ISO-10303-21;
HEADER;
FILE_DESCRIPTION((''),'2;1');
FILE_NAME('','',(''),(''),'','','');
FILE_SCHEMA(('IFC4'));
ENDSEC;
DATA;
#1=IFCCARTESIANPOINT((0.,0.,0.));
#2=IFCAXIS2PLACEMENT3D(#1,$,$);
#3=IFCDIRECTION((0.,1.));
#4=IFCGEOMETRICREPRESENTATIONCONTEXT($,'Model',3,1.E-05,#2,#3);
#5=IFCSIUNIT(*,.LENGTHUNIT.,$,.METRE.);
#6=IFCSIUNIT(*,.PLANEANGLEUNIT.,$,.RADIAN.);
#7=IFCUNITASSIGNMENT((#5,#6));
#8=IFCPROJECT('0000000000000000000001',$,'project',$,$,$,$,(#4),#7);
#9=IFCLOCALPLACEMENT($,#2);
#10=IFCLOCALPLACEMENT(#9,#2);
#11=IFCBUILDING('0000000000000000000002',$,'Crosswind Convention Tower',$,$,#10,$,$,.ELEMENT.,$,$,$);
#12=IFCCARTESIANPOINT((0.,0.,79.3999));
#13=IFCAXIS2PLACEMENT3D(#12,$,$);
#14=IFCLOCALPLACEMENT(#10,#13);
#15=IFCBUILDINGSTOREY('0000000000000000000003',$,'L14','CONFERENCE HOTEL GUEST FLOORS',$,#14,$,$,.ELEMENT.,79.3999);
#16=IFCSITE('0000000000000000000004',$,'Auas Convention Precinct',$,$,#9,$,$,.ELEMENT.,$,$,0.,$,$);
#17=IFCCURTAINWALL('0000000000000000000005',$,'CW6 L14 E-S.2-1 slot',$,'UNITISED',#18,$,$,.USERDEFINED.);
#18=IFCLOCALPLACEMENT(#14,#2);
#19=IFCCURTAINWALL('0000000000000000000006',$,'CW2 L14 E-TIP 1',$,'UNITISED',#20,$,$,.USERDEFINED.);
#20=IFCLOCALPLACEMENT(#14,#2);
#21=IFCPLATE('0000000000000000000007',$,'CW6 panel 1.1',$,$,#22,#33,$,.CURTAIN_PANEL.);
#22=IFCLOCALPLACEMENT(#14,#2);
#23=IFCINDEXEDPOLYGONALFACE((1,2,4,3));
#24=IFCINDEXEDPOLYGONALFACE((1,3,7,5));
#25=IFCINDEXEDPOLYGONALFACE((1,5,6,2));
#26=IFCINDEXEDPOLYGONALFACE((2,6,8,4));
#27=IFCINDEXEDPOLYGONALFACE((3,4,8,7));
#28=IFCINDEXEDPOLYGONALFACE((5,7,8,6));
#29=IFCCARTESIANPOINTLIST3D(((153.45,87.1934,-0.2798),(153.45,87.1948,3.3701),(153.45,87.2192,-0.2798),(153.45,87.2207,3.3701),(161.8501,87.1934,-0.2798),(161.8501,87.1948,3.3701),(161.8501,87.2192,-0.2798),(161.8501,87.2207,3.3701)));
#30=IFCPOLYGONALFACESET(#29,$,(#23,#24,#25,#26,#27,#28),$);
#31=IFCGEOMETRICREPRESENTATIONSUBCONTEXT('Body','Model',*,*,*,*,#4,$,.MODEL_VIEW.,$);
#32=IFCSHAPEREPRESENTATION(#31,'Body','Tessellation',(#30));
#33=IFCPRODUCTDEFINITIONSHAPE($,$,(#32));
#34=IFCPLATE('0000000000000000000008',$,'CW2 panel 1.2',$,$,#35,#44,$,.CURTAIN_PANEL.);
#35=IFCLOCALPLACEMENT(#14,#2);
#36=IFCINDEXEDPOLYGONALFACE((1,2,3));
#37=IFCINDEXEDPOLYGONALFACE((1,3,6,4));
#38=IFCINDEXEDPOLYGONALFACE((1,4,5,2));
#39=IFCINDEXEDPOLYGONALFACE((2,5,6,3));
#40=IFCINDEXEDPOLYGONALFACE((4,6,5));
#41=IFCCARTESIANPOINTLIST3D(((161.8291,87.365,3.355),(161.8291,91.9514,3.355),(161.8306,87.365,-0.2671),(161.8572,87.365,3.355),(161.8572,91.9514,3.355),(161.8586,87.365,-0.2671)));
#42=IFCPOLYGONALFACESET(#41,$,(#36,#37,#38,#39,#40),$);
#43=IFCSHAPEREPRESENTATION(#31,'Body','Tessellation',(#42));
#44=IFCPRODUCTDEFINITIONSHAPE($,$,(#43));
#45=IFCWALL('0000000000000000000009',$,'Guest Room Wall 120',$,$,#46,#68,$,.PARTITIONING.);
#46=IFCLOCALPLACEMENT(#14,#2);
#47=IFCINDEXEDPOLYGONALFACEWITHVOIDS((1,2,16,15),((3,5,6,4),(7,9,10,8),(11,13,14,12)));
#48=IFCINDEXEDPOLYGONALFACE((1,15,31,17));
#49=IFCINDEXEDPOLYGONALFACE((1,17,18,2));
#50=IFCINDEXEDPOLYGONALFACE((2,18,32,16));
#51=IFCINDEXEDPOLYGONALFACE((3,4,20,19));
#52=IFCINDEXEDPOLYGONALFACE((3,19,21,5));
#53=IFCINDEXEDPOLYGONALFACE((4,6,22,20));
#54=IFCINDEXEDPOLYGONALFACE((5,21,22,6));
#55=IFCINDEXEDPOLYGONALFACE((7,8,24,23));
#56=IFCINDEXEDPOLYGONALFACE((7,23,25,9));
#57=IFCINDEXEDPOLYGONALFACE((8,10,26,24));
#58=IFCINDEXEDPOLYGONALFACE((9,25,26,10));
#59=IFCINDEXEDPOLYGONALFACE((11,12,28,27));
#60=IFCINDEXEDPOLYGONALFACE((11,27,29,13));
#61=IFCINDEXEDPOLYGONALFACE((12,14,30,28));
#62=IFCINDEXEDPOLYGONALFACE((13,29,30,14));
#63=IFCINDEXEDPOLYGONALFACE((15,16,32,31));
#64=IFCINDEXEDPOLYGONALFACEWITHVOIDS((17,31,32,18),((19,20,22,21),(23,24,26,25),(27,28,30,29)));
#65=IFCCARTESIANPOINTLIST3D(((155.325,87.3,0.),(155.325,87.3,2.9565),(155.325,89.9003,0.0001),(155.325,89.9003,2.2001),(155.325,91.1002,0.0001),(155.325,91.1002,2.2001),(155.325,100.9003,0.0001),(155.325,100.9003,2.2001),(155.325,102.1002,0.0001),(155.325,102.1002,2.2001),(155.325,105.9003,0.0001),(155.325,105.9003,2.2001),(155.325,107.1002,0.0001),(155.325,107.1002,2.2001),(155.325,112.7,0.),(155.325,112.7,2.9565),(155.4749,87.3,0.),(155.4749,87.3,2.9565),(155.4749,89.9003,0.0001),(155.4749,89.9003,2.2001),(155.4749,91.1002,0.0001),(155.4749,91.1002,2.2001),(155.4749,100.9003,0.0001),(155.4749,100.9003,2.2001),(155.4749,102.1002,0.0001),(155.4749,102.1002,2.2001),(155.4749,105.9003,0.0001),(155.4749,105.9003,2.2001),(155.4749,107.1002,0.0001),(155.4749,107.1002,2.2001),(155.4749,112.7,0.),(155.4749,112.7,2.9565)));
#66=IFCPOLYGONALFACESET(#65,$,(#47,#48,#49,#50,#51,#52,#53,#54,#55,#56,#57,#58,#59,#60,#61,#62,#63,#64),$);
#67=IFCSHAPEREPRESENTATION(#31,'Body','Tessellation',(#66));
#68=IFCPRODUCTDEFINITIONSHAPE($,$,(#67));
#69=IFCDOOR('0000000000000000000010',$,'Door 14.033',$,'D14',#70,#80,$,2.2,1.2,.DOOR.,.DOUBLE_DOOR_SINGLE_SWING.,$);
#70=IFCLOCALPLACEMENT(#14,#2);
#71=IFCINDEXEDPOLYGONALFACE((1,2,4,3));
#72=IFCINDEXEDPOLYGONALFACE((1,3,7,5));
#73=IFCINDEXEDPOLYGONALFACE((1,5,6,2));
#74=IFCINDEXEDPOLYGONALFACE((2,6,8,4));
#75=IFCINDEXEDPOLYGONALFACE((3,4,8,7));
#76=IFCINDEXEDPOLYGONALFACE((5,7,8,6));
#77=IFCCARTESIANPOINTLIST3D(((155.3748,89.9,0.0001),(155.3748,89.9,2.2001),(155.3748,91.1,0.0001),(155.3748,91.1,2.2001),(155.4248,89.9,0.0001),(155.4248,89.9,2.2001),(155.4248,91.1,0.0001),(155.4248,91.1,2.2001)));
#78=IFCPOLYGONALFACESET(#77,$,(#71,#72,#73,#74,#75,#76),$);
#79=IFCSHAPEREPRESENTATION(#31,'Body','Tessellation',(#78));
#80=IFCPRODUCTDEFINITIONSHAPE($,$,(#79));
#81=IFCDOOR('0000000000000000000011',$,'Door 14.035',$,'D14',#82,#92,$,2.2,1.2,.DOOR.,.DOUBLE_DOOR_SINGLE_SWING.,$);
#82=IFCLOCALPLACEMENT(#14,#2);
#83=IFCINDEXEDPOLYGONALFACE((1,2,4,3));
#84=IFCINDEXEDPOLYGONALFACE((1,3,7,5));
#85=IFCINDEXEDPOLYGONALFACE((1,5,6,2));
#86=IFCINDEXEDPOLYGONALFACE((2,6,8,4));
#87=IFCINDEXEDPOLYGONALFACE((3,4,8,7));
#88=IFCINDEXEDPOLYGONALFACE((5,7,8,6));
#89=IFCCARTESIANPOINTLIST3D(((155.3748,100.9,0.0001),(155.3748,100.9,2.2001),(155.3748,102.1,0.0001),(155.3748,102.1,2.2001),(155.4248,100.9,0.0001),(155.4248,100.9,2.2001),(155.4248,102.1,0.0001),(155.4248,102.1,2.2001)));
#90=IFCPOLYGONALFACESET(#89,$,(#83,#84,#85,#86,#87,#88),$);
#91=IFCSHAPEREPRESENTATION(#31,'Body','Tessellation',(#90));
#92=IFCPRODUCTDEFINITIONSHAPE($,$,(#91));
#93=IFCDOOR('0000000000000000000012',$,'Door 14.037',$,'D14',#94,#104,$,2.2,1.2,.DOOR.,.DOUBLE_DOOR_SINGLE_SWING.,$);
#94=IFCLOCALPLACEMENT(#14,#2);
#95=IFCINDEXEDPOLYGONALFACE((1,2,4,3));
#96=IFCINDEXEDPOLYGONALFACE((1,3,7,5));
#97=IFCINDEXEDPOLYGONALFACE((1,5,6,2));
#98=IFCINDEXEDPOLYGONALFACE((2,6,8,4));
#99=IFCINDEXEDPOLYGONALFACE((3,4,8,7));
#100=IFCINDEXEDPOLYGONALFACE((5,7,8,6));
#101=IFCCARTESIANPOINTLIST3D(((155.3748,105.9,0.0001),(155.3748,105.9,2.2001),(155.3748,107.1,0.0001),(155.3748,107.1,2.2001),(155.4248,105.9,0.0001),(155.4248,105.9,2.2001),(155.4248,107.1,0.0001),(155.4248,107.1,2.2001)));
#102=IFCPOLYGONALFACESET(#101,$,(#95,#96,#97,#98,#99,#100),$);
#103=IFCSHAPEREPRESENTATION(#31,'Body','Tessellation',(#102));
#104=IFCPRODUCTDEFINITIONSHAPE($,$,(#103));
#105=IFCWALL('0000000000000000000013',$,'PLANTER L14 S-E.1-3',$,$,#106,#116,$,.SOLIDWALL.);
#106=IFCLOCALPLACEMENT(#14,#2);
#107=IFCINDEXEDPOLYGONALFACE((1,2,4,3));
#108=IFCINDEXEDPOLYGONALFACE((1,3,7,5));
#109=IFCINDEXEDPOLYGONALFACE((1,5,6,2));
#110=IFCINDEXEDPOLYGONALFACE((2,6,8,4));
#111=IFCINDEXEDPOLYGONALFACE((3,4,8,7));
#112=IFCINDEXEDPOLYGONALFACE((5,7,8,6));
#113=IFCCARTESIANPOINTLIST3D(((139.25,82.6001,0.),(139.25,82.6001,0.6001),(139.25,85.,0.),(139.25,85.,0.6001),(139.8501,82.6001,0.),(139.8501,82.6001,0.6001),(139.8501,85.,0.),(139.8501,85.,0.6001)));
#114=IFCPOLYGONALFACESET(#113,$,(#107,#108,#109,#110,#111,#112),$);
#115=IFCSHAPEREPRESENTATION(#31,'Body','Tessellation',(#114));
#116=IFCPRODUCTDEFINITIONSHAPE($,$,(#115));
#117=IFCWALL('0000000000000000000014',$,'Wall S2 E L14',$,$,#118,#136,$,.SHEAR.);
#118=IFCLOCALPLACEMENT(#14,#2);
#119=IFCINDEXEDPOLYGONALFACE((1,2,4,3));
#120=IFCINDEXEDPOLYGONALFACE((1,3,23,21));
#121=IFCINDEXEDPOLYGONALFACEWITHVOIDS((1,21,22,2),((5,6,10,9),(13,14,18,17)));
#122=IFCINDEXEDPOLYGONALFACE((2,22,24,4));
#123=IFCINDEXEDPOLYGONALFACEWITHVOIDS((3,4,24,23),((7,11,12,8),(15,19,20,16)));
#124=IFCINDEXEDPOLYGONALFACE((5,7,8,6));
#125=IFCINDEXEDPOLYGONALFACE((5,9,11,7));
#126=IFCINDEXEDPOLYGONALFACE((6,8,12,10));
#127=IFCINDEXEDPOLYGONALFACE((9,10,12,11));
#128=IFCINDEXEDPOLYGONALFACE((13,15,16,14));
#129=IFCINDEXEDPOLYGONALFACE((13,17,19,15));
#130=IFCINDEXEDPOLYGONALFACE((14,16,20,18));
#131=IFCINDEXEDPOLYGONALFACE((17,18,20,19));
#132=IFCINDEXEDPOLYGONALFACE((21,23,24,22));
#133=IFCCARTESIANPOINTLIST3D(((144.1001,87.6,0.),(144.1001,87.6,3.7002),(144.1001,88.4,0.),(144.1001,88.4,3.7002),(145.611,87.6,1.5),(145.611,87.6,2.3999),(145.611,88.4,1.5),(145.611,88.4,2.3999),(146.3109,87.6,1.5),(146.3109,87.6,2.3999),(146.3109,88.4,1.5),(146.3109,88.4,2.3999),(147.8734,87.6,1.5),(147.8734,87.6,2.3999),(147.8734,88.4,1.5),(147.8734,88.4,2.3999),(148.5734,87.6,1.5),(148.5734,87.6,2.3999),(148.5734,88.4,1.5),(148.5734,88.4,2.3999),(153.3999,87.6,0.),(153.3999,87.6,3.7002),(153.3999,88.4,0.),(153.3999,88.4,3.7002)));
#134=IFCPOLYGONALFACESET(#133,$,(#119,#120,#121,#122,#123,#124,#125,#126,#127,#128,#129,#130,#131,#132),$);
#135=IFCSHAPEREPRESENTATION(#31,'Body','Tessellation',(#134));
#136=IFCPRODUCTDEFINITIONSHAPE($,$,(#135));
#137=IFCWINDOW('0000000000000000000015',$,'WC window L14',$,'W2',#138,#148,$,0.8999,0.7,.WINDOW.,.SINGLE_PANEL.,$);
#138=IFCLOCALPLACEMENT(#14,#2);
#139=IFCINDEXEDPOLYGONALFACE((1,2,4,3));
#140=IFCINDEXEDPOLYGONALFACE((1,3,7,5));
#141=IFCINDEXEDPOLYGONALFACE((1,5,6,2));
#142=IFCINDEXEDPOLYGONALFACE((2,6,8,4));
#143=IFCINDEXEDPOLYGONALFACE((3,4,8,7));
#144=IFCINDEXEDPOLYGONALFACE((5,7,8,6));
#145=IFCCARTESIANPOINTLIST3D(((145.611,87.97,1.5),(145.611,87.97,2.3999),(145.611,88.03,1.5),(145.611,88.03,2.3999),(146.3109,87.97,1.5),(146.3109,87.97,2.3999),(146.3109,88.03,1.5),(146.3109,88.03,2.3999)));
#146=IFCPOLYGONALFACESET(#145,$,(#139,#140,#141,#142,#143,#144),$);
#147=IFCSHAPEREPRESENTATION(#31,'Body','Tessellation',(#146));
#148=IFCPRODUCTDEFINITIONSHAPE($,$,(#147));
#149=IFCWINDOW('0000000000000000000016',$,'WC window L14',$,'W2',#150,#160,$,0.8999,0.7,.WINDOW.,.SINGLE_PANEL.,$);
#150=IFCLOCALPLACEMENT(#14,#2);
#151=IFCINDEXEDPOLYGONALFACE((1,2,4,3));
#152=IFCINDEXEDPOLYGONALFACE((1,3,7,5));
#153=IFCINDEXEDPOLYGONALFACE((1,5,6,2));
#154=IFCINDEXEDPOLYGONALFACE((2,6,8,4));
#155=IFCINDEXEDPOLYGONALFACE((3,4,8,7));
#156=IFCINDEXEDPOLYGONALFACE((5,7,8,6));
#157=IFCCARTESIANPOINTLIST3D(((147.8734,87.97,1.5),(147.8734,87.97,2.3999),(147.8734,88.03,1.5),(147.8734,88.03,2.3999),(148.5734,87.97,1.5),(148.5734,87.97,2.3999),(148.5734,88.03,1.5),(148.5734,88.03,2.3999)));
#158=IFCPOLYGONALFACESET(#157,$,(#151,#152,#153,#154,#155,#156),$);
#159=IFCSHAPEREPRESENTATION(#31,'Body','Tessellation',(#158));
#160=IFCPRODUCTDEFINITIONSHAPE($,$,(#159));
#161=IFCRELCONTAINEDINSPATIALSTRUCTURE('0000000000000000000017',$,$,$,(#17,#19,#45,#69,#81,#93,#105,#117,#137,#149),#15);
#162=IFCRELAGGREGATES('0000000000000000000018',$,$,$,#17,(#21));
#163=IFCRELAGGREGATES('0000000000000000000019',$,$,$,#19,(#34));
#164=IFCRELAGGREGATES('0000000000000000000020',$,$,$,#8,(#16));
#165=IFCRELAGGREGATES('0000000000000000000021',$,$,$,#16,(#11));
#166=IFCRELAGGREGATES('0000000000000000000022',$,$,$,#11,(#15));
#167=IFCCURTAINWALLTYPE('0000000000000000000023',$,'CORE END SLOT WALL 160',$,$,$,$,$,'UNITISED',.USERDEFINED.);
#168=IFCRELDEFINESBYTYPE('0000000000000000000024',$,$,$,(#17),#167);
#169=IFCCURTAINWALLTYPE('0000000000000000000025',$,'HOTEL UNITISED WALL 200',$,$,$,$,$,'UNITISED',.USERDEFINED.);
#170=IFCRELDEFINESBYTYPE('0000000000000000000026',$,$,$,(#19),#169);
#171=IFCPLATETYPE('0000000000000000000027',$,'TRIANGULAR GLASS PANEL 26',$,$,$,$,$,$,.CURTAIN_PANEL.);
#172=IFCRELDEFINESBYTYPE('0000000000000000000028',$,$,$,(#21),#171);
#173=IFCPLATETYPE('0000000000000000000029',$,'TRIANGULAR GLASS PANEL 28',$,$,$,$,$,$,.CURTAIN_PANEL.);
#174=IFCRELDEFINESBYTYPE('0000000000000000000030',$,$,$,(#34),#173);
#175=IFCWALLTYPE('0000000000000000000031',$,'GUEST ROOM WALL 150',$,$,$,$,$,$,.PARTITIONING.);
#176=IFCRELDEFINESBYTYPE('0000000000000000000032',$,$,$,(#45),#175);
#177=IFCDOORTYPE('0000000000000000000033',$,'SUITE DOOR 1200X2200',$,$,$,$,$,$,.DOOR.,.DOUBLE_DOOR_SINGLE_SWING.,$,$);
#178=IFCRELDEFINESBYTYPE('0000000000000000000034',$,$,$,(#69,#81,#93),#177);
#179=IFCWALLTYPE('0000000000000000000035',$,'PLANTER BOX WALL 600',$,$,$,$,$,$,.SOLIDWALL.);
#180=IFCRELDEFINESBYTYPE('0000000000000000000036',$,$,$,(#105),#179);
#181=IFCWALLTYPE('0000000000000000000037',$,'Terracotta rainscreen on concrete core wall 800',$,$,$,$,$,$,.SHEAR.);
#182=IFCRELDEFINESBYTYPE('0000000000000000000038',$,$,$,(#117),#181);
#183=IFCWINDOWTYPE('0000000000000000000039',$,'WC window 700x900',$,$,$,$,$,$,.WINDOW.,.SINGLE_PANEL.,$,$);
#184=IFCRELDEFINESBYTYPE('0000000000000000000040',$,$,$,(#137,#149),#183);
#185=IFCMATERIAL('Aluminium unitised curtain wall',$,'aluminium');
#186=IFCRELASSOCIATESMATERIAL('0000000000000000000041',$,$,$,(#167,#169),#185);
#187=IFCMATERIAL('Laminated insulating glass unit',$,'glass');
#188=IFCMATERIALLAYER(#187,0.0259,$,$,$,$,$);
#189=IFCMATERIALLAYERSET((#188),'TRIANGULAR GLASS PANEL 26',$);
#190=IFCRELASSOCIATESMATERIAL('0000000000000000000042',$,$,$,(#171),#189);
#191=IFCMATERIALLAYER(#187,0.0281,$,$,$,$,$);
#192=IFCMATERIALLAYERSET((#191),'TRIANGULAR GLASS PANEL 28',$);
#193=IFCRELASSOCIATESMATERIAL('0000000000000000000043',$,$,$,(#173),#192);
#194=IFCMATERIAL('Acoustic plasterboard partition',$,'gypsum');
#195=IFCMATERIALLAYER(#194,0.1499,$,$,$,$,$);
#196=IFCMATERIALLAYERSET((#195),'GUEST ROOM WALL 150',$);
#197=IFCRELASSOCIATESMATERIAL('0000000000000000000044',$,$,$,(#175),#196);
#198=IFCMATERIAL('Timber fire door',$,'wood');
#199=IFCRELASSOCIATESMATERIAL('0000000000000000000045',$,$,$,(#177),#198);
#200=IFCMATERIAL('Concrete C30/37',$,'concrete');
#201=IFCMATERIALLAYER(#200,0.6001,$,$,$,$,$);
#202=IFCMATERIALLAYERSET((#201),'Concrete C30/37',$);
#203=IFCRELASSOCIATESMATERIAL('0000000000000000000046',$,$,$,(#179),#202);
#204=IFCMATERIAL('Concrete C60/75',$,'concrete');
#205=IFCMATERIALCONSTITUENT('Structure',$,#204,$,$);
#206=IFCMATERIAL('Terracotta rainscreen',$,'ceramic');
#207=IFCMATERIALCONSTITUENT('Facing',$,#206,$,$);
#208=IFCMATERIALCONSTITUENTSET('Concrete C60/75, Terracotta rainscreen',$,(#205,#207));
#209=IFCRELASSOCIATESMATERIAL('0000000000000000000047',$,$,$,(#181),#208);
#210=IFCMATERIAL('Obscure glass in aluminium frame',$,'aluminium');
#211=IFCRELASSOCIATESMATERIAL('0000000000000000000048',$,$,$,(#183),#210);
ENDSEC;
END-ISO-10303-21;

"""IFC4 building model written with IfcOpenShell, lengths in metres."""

from ifc_helpers import new_model, si_unit, direction, frame, frame_2d, origin, place, context, subcontext, project, spatial, polyline, rectangle, outline, extrude, material, layer, layer_set, constituent, constituent_set, type_object, element, fill, aggregate, save


model = new_model("IFC4")

# Units and contexts
model_context = context("Model", 3, precision=1e-05, world=origin(), true_north=direction((0.0, 1.0)))
body_context = subcontext(model_context, "Body", "Model", "MODEL_VIEW")
ifc_project = project(units=[si_unit("LENGTHUNIT", "METRE"), si_unit("PLANEANGLEUNIT", "RADIAN")], contexts=[model_context])

# Site, building, storey
site_placement = place(None, origin())
site = spatial("IfcSite", under=ifc_project, at=site_placement, Name="Auas Convention Precinct", CompositionType="ELEMENT", RefElevation=0.0)
building_placement = place(site_placement, origin())
building = spatial("IfcBuilding", under=site, at=building_placement, Name="Crosswind Convention Tower", CompositionType="ELEMENT")
storey_placement = place(building_placement, frame((0.0, 0.0, 79.3999)))
storey = spatial("IfcBuildingStorey", under=building, at=storey_placement, Name="L14", Description="CONFERENCE HOTEL GUEST FLOORS", CompositionType="ELEMENT", Elevation=79.3999)

# Shared definitions
ifc_material_1 = material(Name="Concrete C60/75", Category="concrete")

# Curtain wall
ifc_material_2 = material(Name="Aluminium unitised curtain wall", Category="aluminium")
curtain_wall_type_1 = type_object("IfcCurtainWallType", Name="CORE END SLOT WALL 160", ElementType="UNITISED", PredefinedType="USERDEFINED", material=ifc_material_2)
curtain_wall_1_placement = place(storey_placement, origin())
curtain_wall_1 = element("IfcCurtainWall", 1, at=curtain_wall_1_placement, inside=storey, type_object=curtain_wall_type_1, Name="CW6 L14 E-S.2-1 slot", ObjectType="UNITISED", PredefinedType="USERDEFINED")

# Curtain wall
curtain_wall_type_2 = type_object("IfcCurtainWallType", Name="HOTEL UNITISED WALL 200", ElementType="UNITISED", PredefinedType="USERDEFINED", material=ifc_material_2)
curtain_wall_2_placement = place(storey_placement, origin())
curtain_wall_2 = element("IfcCurtainWall", 2, at=curtain_wall_2_placement, inside=storey, type_object=curtain_wall_type_2, Name="CW2 L14 E-TIP 1", ObjectType="UNITISED", PredefinedType="USERDEFINED")

# Plates
ifc_material_3 = material(Name="Laminated insulating glass unit", Category="glass")
ifc_layer_1 = layer(ifc_material_3, 0.0259)
ifc_layer_set_1 = layer_set([ifc_layer_1], Name="TRIANGULAR GLASS PANEL 26")
plate_type_1 = type_object("IfcPlateType", Name="TRIANGULAR GLASS PANEL 26", PredefinedType="CURTAIN_PANEL", material=ifc_layer_set_1)
plate_1_placement = place(storey_placement, frame((153.45, 87.1934, -0.2798), z_axis=(0.0, -1.0, 0.000401), x_axis=(1.0, 0.0, 0.0)))
plate_1 = element("IfcPlate", 3, at=plate_1_placement, type_object=plate_type_1, Name="CW6 panel 1.1", PredefinedType="CURTAIN_PANEL", context=body_context, shape_type="SweptSolid", body=[
    extrude(outline(polyline([(0.0, 0.0), (8.4001, 0.0), (8.4001, 3.6499), (0.0, 3.6499), (0.0, 0.0)])), origin(), (0.0, 0.0, -1.0), 0.0259),
])
aggregate(curtain_wall_1, [plate_1])
ifc_layer_2 = layer(ifc_material_3, 0.0281)
ifc_layer_set_2 = layer_set([ifc_layer_2], Name="TRIANGULAR GLASS PANEL 28")
plate_type_2 = type_object("IfcPlateType", Name="TRIANGULAR GLASS PANEL 28", PredefinedType="CURTAIN_PANEL", material=ifc_layer_set_2)
plate_2_placement = place(storey_placement, frame((161.8572, 87.365, 3.355), z_axis=(1.0, 0.0, 0.000404), x_axis=(0.000404, 0.0, -1.0)))
plate_2 = element("IfcPlate", 4, at=plate_2_placement, type_object=plate_type_2, Name="CW2 panel 1.2", PredefinedType="CURTAIN_PANEL", context=body_context, shape_type="SweptSolid", body=[
    extrude(outline(polyline([(0.0, 0.0), (3.6221, 0.0), (0.0, 4.5864), (0.0, 0.0)])), origin(), (0.0, 0.0, -1.0), 0.0281),
])

# Wall, openings, doors
ifc_material_4 = material(Name="Acoustic plasterboard partition", Category="gypsum")
ifc_layer_3 = layer(ifc_material_4, 0.1499)
ifc_layer_set_3 = layer_set([ifc_layer_3], Name="GUEST ROOM WALL 150")
wall_type_1 = type_object("IfcWallType", Name="GUEST ROOM WALL 150", PredefinedType="PARTITIONING", material=ifc_layer_set_3)
wall_1_placement = place(storey_placement, frame((155.3999, 87.3, 0.0), z_axis=(0.0, 0.0, 1.0), x_axis=(0.0, 1.0, 0.0)))
wall_1 = element("IfcWall", 5, at=wall_1_placement, inside=storey, type_object=wall_type_1, Name="Guest Room Wall 120", PredefinedType="PARTITIONING", context=body_context, shape_type="SweptSolid", body=[
    extrude(rectangle(XDim=25.3999, YDim=0.1499, at=frame_2d((12.7, 0.0))), origin(), (0.0, 0.0, 1.0), 2.9565),
])
opening_1_placement = place(wall_1_placement, frame((2.6001, 0.0, 0.0)))
opening_1 = element("IfcOpeningElement", 6, at=opening_1_placement, cuts=wall_1, PredefinedType="OPENING", context=body_context, shape_type="SweptSolid", body=[
    extrude(rectangle(XDim=1.2, YDim=2.2, at=frame_2d((0.6001, 1.1001))), frame((0.0, 0.085, 0.0), z_axis=(0.0, -1.0, 0.0), x_axis=(1.0, 0.0, 0.0)), (0.0, 0.0, 1.0), 0.1699),
])
opening_2_placement = place(wall_1_placement, frame((13.6001, 0.0, 0.0)))
opening_2 = element("IfcOpeningElement", 7, at=opening_2_placement, cuts=wall_1, PredefinedType="OPENING", context=body_context, shape_type="SweptSolid", body=[
    extrude(rectangle(XDim=1.2, YDim=2.2, at=frame_2d((0.6001, 1.1001))), frame((0.0, 0.085, 0.0), z_axis=(0.0, -1.0, 0.0), x_axis=(1.0, 0.0, 0.0)), (0.0, 0.0, 1.0), 0.1699),
])
opening_3_placement = place(wall_1_placement, frame((18.6001, 0.0, 0.0)))
opening_3 = element("IfcOpeningElement", 8, at=opening_3_placement, cuts=wall_1, PredefinedType="OPENING", context=body_context, shape_type="SweptSolid", body=[
    extrude(rectangle(XDim=1.2, YDim=2.2, at=frame_2d((0.6001, 1.1001))), frame((0.0, 0.085, 0.0), z_axis=(0.0, -1.0, 0.0), x_axis=(1.0, 0.0, 0.0)), (0.0, 0.0, 1.0), 0.1699),
])
ifc_material_5 = material(Name="Timber fire door", Category="wood")
door_type = type_object("IfcDoorType", Name="SUITE DOOR 1200X2200", OperationType="DOUBLE_DOOR_SINGLE_SWING", PredefinedType="DOOR", material=ifc_material_5)
door_1_placement = place(opening_1_placement, frame((1.2, 0.0, 0.0), z_axis=(0.0, 0.0, 1.0), x_axis=(-1.0, 0.0, 0.0)))
door_1 = element("IfcDoor", 9, at=door_1_placement, inside=storey, type_object=door_type, Name="Door 14.033", ObjectType="D14", OperationType="DOUBLE_DOOR_SINGLE_SWING", OverallHeight=2.2, OverallWidth=1.2, PredefinedType="DOOR", context=body_context, shape_type="SweptSolid", body=[
    extrude(rectangle(XDim=1.2, YDim=2.2, at=frame_2d((0.6001, 1.1001))), frame((0.0, 0.0249, 0.0), z_axis=(0.0, -1.0, 0.0), x_axis=(1.0, 0.0, 0.0)), (0.0, 0.0, 1.0), 0.05),
])
fill(opening_1, door_1)
door_2_placement = place(opening_2_placement, frame((1.2, 0.0, 0.0), z_axis=(0.0, 0.0, 1.0), x_axis=(-1.0, 0.0, 0.0)))
door_2 = element("IfcDoor", 10, at=door_2_placement, inside=storey, type_object=door_type, Name="Door 14.035", ObjectType="D14", OperationType="DOUBLE_DOOR_SINGLE_SWING", OverallHeight=2.2, OverallWidth=1.2, PredefinedType="DOOR", context=body_context, shape_type="SweptSolid", body=[
    extrude(rectangle(XDim=1.2, YDim=2.2, at=frame_2d((0.6001, 1.1001))), frame((0.0, 0.0249, 0.0), z_axis=(0.0, -1.0, 0.0), x_axis=(1.0, 0.0, 0.0)), (0.0, 0.0, 1.0), 0.05),
])
fill(opening_2, door_2)
door_3_placement = place(opening_3_placement, frame((1.2, 0.0, 0.0), z_axis=(0.0, 0.0, 1.0), x_axis=(-1.0, 0.0, 0.0)))
door_3 = element("IfcDoor", 11, at=door_3_placement, inside=storey, type_object=door_type, Name="Door 14.037", ObjectType="D14", OperationType="DOUBLE_DOOR_SINGLE_SWING", OverallHeight=2.2, OverallWidth=1.2, PredefinedType="DOOR", context=body_context, shape_type="SweptSolid", body=[
    extrude(rectangle(XDim=1.2, YDim=2.2, at=frame_2d((0.6001, 1.1001))), frame((0.0, 0.0249, 0.0), z_axis=(0.0, -1.0, 0.0), x_axis=(1.0, 0.0, 0.0)), (0.0, 0.0, 1.0), 0.05),
])
fill(opening_3, door_3)

# Wall
ifc_material_6 = material(Name="Concrete C30/37", Category="concrete")
ifc_layer_4 = layer(ifc_material_6, 0.6001)
ifc_layer_set_4 = layer_set([ifc_layer_4], Name="Concrete C30/37")
wall_type_2 = type_object("IfcWallType", Name="PLANTER BOX WALL 600", PredefinedType="SOLIDWALL", material=ifc_layer_set_4)
wall_2_placement = place(storey_placement, frame((139.55, 82.6001, 0.0), z_axis=(0.0, 0.0, 1.0), x_axis=(0.0, 1.0, 0.0)))
element("IfcWall", 12, at=wall_2_placement, inside=storey, type_object=wall_type_2, Name="PLANTER L14 S-E.1-3", PredefinedType="SOLIDWALL", context=body_context, shape_type="SweptSolid", body=[
    extrude(rectangle(XDim=2.3999, YDim=0.6001, at=frame_2d((1.2, 0.0))), origin(), (0.0, 0.0, 1.0), 0.6001),
])

# Wall, openings, windows
ifc_constituent_1 = constituent(ifc_material_1, Name="Structure")
ifc_material_7 = material(Name="Terracotta rainscreen", Category="ceramic")
ifc_constituent_2 = constituent(ifc_material_7, Name="Facing")
ifc_constituent_set = constituent_set(constituents=[ifc_constituent_1, ifc_constituent_2], Name="Concrete C60/75, Terracotta rainscreen")
wall_type_3 = type_object("IfcWallType", Name="Terracotta rainscreen on concrete core wall 800", PredefinedType="SHEAR", material=ifc_constituent_set)
wall_3_placement = place(storey_placement, frame((144.1001, 88.0, 0.0), z_axis=(0.0, 0.0, 1.0), x_axis=(1.0, 0.0, 0.0)))
wall_3 = element("IfcWall", 13, at=wall_3_placement, inside=storey, type_object=wall_type_3, Name="Wall S2 E L14", PredefinedType="SHEAR", context=body_context, shape_type="SweptSolid", body=[
    extrude(rectangle(XDim=9.2998, YDim=0.8, at=frame_2d((4.6499, 0.0))), origin(), (0.0, 0.0, 1.0), 3.7002),
])
opening_4_placement = place(wall_3_placement, frame((1.5107, 0.0, 1.5)))
opening_4 = element("IfcOpeningElement", 14, at=opening_4_placement, cuts=wall_3, PredefinedType="OPENING", context=body_context, shape_type="SweptSolid", body=[
    extrude(rectangle(XDim=0.7, YDim=0.8999, at=frame_2d((0.3501, 0.45))), frame((0.0, 0.4099, 0.0), z_axis=(0.0, -1.0, 0.0), x_axis=(1.0, 0.0, 0.0)), (0.0, 0.0, 1.0), 0.8201),
])
opening_5_placement = place(wall_3_placement, frame((3.7732, 0.0, 1.5)))
opening_5 = element("IfcOpeningElement", 15, at=opening_5_placement, cuts=wall_3, PredefinedType="OPENING", context=body_context, shape_type="SweptSolid", body=[
    extrude(rectangle(XDim=0.7, YDim=0.8999, at=frame_2d((0.3501, 0.45))), frame((0.0, 0.4099, 0.0), z_axis=(0.0, -1.0, 0.0), x_axis=(1.0, 0.0, 0.0)), (0.0, 0.0, 1.0), 0.8201),
])
ifc_material_8 = material(Name="Obscure glass in aluminium frame", Category="aluminium")
window_type = type_object("IfcWindowType", Name="WC window 700x900", PartitioningType="SINGLE_PANEL", PredefinedType="WINDOW", material=ifc_material_8)
window_1_placement = place(opening_4_placement, origin())
window_1 = element("IfcWindow", 16, at=window_1_placement, inside=storey, type_object=window_type, Name="WC window L14", ObjectType="W2", OverallHeight=0.8999, OverallWidth=0.7, PartitioningType="SINGLE_PANEL", PredefinedType="WINDOW", context=body_context, shape_type="SweptSolid", body=[
    extrude(rectangle(XDim=0.7, YDim=0.8999, at=frame_2d((0.3501, 0.45))), frame((0.0, 0.03, 0.0), z_axis=(0.0, -1.0, 0.0), x_axis=(1.0, 0.0, 0.0)), (0.0, 0.0, 1.0), 0.0601),
])
fill(opening_4, window_1)
window_2_placement = place(opening_5_placement, origin())
window_2 = element("IfcWindow", 17, at=window_2_placement, inside=storey, type_object=window_type, Name="WC window L14", ObjectType="W2", OverallHeight=0.8999, OverallWidth=0.7, PartitioningType="SINGLE_PANEL", PredefinedType="WINDOW", context=body_context, shape_type="SweptSolid", body=[
    extrude(rectangle(XDim=0.7, YDim=0.8999, at=frame_2d((0.3501, 0.45))), frame((0.0, 0.03, 0.0), z_axis=(0.0, -1.0, 0.0), x_axis=(1.0, 0.0, 0.0)), (0.0, 0.0, 1.0), 0.0601),
])
fill(opening_5, window_2)

aggregate(curtain_wall_2, [plate_2])

save(model, "model.ifc")
